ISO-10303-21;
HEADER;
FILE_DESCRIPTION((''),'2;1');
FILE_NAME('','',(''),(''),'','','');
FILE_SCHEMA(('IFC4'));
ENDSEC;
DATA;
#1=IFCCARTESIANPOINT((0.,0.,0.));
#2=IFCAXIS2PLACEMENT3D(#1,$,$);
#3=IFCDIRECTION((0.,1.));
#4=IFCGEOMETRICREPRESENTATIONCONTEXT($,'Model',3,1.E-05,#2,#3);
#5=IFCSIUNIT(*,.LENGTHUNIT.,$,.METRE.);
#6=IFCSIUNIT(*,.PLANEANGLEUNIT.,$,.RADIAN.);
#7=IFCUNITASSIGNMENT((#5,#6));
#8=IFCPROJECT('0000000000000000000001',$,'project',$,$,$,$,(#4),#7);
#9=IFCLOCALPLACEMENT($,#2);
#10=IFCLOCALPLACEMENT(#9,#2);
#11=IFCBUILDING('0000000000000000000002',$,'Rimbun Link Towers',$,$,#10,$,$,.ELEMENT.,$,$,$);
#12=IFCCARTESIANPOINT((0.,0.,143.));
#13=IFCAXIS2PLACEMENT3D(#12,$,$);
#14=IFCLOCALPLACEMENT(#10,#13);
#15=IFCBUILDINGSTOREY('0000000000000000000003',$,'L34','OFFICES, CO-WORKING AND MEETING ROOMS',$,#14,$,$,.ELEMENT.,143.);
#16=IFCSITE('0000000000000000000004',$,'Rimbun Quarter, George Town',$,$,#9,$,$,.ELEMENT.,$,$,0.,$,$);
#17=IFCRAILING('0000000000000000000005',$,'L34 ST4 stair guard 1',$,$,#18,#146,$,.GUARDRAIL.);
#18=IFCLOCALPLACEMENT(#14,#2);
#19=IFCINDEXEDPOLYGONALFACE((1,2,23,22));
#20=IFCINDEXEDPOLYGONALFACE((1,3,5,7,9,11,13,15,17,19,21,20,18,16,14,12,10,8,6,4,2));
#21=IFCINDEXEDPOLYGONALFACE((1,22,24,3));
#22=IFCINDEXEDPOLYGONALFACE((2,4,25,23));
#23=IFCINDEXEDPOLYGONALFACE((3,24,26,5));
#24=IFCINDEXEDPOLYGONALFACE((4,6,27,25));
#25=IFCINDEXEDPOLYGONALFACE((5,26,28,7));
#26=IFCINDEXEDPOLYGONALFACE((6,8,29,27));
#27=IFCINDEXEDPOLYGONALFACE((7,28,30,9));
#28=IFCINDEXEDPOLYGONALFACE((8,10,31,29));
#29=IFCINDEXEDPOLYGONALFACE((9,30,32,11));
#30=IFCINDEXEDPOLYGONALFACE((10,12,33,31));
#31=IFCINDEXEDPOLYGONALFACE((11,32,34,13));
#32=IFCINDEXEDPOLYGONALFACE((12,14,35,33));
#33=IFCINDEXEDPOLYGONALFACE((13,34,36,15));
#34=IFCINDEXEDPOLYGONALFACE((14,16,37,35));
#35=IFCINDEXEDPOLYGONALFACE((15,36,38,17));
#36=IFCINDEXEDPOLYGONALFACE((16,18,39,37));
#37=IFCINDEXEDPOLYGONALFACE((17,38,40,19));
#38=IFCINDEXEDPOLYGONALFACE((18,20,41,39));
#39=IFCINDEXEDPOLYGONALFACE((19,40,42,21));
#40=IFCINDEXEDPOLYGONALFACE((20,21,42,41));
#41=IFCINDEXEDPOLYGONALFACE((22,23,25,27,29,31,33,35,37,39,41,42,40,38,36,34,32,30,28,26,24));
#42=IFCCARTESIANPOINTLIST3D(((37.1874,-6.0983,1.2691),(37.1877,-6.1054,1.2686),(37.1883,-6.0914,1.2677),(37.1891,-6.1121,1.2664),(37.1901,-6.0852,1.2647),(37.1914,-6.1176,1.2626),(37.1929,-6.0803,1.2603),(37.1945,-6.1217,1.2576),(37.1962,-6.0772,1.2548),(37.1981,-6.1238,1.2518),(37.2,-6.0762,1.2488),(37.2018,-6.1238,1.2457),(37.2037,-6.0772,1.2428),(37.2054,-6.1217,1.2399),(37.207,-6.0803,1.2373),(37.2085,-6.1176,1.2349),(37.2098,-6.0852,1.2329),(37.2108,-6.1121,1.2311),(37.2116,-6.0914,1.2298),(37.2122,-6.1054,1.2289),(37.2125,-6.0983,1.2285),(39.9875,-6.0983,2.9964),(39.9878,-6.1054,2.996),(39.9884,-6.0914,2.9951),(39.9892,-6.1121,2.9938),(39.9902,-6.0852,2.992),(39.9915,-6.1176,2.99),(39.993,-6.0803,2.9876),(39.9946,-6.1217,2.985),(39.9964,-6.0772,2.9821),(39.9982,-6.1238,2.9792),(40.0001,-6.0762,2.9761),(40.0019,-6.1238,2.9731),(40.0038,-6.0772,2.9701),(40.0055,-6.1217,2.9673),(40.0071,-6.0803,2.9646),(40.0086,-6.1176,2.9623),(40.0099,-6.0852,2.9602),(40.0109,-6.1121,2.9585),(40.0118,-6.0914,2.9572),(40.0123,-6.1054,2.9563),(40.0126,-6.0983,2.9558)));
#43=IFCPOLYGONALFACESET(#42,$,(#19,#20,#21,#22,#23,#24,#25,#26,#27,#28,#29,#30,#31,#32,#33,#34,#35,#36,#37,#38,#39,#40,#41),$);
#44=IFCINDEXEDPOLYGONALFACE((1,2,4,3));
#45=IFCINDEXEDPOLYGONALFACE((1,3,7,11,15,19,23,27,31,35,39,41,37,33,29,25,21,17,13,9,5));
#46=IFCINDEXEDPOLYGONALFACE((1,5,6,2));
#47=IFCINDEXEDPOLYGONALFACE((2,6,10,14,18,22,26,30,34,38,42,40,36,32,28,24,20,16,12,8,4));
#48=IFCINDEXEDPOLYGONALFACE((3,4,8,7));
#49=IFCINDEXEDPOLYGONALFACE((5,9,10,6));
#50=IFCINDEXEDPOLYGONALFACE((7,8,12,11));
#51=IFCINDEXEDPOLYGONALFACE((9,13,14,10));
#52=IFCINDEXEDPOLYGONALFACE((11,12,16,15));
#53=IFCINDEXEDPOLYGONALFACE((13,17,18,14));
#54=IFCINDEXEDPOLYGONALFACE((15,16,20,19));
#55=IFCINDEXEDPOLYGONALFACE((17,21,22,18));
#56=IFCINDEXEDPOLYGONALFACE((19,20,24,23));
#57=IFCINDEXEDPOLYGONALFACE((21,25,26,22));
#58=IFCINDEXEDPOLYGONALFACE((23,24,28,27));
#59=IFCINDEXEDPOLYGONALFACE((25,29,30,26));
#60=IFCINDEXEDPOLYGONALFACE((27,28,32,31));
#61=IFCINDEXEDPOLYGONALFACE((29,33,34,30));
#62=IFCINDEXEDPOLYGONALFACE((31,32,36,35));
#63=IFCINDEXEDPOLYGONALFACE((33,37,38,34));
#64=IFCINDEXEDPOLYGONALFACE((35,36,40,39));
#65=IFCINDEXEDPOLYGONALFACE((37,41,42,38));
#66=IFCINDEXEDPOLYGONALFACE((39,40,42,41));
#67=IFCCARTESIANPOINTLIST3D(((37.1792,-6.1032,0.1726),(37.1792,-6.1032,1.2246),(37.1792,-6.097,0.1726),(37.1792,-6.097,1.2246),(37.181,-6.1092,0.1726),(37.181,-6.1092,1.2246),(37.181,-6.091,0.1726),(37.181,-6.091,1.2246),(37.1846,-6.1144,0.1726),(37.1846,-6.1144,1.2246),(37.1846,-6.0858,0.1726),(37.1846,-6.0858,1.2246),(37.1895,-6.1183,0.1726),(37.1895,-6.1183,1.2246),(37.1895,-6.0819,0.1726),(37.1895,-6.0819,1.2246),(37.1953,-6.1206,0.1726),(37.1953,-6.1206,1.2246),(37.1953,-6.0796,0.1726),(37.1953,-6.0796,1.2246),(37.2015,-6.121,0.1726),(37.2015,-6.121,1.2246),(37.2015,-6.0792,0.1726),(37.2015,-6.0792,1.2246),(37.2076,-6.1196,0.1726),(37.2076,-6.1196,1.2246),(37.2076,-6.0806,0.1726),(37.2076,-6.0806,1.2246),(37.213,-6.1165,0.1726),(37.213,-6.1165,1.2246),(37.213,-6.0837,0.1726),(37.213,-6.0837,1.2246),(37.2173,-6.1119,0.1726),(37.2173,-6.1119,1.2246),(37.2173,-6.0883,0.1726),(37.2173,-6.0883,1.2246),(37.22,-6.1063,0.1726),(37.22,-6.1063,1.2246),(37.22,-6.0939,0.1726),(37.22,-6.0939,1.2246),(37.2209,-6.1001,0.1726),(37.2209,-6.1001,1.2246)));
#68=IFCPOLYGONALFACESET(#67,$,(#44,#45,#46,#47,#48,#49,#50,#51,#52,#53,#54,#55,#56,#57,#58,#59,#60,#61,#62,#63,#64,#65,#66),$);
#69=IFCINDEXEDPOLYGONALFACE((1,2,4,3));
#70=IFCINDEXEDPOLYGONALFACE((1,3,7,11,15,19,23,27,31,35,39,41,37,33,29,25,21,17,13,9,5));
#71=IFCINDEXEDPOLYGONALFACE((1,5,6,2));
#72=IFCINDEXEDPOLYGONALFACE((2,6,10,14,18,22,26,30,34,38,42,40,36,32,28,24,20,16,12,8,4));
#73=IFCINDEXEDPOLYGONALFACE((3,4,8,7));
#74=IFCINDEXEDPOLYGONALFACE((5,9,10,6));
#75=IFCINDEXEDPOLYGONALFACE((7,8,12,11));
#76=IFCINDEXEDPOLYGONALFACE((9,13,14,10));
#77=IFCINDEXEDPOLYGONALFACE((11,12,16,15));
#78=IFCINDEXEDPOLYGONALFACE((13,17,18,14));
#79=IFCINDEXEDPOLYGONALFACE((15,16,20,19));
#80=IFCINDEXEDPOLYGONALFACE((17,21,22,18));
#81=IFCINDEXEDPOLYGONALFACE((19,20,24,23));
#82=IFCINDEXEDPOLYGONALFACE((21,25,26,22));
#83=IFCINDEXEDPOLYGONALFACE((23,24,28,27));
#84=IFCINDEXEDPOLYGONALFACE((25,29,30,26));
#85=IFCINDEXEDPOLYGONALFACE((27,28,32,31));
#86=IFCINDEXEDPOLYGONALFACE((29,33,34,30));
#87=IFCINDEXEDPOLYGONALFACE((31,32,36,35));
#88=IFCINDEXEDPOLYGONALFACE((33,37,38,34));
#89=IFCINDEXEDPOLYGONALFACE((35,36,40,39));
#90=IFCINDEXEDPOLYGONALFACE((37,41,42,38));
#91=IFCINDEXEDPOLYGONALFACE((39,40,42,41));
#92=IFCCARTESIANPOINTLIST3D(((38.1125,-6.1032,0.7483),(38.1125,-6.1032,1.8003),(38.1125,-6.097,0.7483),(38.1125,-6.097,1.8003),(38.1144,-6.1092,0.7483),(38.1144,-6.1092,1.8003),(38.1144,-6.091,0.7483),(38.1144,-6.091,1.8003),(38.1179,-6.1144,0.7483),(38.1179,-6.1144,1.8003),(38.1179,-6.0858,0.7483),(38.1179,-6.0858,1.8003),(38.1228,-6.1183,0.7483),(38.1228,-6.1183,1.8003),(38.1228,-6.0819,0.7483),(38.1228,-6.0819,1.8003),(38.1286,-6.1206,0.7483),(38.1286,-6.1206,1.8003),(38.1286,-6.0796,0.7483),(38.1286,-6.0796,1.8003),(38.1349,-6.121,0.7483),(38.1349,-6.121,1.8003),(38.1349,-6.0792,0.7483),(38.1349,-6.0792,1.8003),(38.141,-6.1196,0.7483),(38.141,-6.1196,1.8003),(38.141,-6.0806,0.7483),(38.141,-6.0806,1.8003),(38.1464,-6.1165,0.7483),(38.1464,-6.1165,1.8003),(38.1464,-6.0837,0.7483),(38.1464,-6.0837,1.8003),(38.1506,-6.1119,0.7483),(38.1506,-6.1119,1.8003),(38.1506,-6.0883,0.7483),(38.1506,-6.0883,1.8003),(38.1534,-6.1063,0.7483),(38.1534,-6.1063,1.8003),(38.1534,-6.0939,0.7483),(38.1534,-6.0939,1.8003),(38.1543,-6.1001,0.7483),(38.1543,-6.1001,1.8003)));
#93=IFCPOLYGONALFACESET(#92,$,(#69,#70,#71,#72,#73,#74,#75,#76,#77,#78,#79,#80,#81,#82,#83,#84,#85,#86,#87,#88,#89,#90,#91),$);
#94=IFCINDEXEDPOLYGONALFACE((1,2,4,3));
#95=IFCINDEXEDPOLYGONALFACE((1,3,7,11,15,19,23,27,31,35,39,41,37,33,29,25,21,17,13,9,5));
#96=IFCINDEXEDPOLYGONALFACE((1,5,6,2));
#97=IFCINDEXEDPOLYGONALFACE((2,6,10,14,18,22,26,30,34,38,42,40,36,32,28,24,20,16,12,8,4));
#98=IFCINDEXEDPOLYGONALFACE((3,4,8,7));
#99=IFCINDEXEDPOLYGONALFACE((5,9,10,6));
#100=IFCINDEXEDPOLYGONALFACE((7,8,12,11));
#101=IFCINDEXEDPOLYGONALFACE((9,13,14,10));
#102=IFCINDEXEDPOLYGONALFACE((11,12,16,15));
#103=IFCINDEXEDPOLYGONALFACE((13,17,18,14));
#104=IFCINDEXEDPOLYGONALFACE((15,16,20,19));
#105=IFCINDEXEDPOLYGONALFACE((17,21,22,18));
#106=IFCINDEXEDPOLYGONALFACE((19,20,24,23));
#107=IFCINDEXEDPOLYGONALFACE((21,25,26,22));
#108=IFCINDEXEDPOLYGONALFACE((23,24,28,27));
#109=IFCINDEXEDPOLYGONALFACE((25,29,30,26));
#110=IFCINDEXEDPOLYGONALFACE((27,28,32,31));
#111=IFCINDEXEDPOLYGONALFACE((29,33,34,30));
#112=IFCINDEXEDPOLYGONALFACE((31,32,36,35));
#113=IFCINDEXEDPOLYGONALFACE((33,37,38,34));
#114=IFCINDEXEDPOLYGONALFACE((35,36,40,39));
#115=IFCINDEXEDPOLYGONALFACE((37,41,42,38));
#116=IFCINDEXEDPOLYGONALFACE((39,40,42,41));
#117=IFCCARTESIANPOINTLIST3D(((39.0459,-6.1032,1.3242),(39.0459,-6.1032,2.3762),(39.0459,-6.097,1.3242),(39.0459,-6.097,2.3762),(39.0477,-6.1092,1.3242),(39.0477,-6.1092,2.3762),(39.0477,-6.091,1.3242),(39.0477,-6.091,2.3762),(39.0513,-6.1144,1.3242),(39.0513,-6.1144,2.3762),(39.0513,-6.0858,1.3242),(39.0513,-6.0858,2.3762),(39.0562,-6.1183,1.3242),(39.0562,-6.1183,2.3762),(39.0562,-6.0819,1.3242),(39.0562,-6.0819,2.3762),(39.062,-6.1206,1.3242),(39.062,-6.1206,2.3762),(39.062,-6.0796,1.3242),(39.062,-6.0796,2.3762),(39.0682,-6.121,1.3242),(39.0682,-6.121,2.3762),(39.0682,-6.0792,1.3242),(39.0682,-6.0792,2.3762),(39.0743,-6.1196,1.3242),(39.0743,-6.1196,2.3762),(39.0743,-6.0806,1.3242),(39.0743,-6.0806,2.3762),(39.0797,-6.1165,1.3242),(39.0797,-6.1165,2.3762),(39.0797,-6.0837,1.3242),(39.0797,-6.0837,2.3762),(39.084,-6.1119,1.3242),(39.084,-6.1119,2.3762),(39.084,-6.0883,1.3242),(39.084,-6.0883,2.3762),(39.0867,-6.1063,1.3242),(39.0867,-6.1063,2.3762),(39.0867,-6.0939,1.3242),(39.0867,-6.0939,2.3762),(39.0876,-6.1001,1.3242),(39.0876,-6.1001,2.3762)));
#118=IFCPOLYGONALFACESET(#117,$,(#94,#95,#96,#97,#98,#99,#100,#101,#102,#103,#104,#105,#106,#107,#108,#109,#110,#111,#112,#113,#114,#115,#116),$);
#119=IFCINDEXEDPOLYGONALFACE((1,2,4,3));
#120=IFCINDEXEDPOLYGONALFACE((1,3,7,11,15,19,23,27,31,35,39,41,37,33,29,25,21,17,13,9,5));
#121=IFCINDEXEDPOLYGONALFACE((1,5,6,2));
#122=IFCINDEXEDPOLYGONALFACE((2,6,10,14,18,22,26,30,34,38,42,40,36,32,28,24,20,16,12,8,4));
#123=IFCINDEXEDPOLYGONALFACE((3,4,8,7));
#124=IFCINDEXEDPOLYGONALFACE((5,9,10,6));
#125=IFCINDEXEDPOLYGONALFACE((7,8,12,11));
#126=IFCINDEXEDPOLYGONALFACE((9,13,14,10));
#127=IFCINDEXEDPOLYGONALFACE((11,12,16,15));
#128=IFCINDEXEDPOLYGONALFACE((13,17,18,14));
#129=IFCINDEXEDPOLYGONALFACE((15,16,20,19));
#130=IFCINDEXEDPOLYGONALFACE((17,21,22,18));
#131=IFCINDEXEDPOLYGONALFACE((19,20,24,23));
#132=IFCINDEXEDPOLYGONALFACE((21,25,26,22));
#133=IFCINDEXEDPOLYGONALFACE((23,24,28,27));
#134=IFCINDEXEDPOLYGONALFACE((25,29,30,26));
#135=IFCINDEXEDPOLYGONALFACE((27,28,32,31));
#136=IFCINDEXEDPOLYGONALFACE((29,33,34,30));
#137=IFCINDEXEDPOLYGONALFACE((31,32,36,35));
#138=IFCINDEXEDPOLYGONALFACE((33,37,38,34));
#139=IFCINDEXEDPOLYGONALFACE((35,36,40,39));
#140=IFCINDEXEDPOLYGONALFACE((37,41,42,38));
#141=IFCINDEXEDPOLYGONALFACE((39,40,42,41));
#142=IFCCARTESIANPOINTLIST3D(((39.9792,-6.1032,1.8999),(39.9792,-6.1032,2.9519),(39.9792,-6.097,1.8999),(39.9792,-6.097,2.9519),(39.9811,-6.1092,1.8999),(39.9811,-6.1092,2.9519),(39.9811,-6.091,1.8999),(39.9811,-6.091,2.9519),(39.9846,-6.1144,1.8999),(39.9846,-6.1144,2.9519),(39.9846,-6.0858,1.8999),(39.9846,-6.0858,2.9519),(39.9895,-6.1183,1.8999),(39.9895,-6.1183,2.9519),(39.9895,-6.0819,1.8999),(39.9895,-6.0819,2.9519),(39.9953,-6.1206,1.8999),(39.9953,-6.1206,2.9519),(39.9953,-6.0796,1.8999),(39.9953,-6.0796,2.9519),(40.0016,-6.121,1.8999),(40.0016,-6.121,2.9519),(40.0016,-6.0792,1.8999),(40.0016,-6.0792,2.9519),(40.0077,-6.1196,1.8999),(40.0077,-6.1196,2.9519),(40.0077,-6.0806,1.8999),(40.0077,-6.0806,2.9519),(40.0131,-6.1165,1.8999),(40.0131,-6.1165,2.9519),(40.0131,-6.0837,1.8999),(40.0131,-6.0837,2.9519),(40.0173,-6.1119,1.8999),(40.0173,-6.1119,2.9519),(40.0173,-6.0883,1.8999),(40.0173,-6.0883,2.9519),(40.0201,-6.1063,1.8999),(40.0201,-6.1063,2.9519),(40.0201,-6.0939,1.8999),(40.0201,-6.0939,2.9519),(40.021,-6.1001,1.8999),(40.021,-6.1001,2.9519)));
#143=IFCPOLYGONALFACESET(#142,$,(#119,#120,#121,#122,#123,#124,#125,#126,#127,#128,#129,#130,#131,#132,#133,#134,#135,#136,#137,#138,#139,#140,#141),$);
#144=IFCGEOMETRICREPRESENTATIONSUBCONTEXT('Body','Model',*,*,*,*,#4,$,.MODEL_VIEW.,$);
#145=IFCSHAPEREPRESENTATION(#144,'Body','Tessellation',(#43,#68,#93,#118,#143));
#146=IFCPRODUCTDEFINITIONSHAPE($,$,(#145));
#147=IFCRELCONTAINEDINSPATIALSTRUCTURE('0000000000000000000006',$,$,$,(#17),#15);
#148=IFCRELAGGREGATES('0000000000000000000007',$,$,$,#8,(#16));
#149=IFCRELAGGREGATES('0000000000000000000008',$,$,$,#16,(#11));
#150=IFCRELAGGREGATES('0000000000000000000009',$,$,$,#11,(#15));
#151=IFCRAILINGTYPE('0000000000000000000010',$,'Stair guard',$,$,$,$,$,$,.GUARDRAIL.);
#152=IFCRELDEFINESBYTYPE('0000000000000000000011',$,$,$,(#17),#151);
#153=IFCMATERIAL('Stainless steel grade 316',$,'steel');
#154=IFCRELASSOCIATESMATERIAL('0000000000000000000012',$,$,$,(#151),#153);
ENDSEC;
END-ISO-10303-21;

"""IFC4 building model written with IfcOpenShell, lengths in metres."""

from ifc_helpers import new_model, si_unit, direction, frame, origin, origin_2d, place, context, subcontext, project, spatial, circle, extrude, material, type_object, element, save


model = new_model("IFC4")

# Units and contexts
model_context = context("Model", 3, precision=1e-05, world=origin(), true_north=direction((0.0, 1.0)))
body_context = subcontext(model_context, "Body", "Model", "MODEL_VIEW")
ifc_project = project(units=[si_unit("LENGTHUNIT", "METRE"), si_unit("PLANEANGLEUNIT", "RADIAN")], contexts=[model_context])

# Site, building, storey
site_placement = place(None, origin())
site = spatial("IfcSite", under=ifc_project, at=site_placement, Name="Rimbun Quarter, George Town", CompositionType="ELEMENT", RefElevation=0.0)
building_placement = place(site_placement, origin())
building = spatial("IfcBuilding", under=site, at=building_placement, Name="Rimbun Link Towers", CompositionType="ELEMENT")
storey_placement = place(building_placement, frame((0.0, 0.0, 143.0)))
storey = spatial("IfcBuildingStorey", under=building, at=storey_placement, Name="L34", Description="OFFICES, CO-WORKING AND MEETING ROOMS", CompositionType="ELEMENT", Elevation=143.0)

# Railing
ifc_material_1 = material(Name="Stainless steel grade 316", Category="steel")
railing_type_1 = type_object("IfcRailingType", Name="Stair guard", PredefinedType="GUARDRAIL", material=ifc_material_1)
railing_1_placement = place(storey_placement, frame((37.2, -6.1001, 0.1726)))
element("IfcRailing", 1, at=railing_1_placement, inside=storey, type_object=railing_type_1, Name="L34 ST4 stair guard 1", PredefinedType="GUARDRAIL", context=body_context, shape_type="SweptSolid", body=[
    extrude(circle(Radius=0.0239, at=origin_2d()), frame((0.0, 0.0, 1.0762), z_axis=(0.85109, 0.0, 0.52502), x_axis=(0.0, 1.0, 0.0)), (0.0, 0.0, 1.0), 3.29),
    extrude(circle(Radius=0.021, at=origin_2d()), origin(), (0.0, 0.0, 1.0), 1.052),
    extrude(circle(Radius=0.021, at=origin_2d()), frame((0.9333, 0.0, 0.5757)), (0.0, 0.0, 1.0), 1.052),
    extrude(circle(Radius=0.021, at=origin_2d()), frame((1.8667, 0.0, 1.1516)), (0.0, 0.0, 1.0), 1.052),
    extrude(circle(Radius=0.021, at=origin_2d()), frame((2.8, 0.0, 1.7273)), (0.0, 0.0, 1.0), 1.052),
])

save(model, "model.ifc")
